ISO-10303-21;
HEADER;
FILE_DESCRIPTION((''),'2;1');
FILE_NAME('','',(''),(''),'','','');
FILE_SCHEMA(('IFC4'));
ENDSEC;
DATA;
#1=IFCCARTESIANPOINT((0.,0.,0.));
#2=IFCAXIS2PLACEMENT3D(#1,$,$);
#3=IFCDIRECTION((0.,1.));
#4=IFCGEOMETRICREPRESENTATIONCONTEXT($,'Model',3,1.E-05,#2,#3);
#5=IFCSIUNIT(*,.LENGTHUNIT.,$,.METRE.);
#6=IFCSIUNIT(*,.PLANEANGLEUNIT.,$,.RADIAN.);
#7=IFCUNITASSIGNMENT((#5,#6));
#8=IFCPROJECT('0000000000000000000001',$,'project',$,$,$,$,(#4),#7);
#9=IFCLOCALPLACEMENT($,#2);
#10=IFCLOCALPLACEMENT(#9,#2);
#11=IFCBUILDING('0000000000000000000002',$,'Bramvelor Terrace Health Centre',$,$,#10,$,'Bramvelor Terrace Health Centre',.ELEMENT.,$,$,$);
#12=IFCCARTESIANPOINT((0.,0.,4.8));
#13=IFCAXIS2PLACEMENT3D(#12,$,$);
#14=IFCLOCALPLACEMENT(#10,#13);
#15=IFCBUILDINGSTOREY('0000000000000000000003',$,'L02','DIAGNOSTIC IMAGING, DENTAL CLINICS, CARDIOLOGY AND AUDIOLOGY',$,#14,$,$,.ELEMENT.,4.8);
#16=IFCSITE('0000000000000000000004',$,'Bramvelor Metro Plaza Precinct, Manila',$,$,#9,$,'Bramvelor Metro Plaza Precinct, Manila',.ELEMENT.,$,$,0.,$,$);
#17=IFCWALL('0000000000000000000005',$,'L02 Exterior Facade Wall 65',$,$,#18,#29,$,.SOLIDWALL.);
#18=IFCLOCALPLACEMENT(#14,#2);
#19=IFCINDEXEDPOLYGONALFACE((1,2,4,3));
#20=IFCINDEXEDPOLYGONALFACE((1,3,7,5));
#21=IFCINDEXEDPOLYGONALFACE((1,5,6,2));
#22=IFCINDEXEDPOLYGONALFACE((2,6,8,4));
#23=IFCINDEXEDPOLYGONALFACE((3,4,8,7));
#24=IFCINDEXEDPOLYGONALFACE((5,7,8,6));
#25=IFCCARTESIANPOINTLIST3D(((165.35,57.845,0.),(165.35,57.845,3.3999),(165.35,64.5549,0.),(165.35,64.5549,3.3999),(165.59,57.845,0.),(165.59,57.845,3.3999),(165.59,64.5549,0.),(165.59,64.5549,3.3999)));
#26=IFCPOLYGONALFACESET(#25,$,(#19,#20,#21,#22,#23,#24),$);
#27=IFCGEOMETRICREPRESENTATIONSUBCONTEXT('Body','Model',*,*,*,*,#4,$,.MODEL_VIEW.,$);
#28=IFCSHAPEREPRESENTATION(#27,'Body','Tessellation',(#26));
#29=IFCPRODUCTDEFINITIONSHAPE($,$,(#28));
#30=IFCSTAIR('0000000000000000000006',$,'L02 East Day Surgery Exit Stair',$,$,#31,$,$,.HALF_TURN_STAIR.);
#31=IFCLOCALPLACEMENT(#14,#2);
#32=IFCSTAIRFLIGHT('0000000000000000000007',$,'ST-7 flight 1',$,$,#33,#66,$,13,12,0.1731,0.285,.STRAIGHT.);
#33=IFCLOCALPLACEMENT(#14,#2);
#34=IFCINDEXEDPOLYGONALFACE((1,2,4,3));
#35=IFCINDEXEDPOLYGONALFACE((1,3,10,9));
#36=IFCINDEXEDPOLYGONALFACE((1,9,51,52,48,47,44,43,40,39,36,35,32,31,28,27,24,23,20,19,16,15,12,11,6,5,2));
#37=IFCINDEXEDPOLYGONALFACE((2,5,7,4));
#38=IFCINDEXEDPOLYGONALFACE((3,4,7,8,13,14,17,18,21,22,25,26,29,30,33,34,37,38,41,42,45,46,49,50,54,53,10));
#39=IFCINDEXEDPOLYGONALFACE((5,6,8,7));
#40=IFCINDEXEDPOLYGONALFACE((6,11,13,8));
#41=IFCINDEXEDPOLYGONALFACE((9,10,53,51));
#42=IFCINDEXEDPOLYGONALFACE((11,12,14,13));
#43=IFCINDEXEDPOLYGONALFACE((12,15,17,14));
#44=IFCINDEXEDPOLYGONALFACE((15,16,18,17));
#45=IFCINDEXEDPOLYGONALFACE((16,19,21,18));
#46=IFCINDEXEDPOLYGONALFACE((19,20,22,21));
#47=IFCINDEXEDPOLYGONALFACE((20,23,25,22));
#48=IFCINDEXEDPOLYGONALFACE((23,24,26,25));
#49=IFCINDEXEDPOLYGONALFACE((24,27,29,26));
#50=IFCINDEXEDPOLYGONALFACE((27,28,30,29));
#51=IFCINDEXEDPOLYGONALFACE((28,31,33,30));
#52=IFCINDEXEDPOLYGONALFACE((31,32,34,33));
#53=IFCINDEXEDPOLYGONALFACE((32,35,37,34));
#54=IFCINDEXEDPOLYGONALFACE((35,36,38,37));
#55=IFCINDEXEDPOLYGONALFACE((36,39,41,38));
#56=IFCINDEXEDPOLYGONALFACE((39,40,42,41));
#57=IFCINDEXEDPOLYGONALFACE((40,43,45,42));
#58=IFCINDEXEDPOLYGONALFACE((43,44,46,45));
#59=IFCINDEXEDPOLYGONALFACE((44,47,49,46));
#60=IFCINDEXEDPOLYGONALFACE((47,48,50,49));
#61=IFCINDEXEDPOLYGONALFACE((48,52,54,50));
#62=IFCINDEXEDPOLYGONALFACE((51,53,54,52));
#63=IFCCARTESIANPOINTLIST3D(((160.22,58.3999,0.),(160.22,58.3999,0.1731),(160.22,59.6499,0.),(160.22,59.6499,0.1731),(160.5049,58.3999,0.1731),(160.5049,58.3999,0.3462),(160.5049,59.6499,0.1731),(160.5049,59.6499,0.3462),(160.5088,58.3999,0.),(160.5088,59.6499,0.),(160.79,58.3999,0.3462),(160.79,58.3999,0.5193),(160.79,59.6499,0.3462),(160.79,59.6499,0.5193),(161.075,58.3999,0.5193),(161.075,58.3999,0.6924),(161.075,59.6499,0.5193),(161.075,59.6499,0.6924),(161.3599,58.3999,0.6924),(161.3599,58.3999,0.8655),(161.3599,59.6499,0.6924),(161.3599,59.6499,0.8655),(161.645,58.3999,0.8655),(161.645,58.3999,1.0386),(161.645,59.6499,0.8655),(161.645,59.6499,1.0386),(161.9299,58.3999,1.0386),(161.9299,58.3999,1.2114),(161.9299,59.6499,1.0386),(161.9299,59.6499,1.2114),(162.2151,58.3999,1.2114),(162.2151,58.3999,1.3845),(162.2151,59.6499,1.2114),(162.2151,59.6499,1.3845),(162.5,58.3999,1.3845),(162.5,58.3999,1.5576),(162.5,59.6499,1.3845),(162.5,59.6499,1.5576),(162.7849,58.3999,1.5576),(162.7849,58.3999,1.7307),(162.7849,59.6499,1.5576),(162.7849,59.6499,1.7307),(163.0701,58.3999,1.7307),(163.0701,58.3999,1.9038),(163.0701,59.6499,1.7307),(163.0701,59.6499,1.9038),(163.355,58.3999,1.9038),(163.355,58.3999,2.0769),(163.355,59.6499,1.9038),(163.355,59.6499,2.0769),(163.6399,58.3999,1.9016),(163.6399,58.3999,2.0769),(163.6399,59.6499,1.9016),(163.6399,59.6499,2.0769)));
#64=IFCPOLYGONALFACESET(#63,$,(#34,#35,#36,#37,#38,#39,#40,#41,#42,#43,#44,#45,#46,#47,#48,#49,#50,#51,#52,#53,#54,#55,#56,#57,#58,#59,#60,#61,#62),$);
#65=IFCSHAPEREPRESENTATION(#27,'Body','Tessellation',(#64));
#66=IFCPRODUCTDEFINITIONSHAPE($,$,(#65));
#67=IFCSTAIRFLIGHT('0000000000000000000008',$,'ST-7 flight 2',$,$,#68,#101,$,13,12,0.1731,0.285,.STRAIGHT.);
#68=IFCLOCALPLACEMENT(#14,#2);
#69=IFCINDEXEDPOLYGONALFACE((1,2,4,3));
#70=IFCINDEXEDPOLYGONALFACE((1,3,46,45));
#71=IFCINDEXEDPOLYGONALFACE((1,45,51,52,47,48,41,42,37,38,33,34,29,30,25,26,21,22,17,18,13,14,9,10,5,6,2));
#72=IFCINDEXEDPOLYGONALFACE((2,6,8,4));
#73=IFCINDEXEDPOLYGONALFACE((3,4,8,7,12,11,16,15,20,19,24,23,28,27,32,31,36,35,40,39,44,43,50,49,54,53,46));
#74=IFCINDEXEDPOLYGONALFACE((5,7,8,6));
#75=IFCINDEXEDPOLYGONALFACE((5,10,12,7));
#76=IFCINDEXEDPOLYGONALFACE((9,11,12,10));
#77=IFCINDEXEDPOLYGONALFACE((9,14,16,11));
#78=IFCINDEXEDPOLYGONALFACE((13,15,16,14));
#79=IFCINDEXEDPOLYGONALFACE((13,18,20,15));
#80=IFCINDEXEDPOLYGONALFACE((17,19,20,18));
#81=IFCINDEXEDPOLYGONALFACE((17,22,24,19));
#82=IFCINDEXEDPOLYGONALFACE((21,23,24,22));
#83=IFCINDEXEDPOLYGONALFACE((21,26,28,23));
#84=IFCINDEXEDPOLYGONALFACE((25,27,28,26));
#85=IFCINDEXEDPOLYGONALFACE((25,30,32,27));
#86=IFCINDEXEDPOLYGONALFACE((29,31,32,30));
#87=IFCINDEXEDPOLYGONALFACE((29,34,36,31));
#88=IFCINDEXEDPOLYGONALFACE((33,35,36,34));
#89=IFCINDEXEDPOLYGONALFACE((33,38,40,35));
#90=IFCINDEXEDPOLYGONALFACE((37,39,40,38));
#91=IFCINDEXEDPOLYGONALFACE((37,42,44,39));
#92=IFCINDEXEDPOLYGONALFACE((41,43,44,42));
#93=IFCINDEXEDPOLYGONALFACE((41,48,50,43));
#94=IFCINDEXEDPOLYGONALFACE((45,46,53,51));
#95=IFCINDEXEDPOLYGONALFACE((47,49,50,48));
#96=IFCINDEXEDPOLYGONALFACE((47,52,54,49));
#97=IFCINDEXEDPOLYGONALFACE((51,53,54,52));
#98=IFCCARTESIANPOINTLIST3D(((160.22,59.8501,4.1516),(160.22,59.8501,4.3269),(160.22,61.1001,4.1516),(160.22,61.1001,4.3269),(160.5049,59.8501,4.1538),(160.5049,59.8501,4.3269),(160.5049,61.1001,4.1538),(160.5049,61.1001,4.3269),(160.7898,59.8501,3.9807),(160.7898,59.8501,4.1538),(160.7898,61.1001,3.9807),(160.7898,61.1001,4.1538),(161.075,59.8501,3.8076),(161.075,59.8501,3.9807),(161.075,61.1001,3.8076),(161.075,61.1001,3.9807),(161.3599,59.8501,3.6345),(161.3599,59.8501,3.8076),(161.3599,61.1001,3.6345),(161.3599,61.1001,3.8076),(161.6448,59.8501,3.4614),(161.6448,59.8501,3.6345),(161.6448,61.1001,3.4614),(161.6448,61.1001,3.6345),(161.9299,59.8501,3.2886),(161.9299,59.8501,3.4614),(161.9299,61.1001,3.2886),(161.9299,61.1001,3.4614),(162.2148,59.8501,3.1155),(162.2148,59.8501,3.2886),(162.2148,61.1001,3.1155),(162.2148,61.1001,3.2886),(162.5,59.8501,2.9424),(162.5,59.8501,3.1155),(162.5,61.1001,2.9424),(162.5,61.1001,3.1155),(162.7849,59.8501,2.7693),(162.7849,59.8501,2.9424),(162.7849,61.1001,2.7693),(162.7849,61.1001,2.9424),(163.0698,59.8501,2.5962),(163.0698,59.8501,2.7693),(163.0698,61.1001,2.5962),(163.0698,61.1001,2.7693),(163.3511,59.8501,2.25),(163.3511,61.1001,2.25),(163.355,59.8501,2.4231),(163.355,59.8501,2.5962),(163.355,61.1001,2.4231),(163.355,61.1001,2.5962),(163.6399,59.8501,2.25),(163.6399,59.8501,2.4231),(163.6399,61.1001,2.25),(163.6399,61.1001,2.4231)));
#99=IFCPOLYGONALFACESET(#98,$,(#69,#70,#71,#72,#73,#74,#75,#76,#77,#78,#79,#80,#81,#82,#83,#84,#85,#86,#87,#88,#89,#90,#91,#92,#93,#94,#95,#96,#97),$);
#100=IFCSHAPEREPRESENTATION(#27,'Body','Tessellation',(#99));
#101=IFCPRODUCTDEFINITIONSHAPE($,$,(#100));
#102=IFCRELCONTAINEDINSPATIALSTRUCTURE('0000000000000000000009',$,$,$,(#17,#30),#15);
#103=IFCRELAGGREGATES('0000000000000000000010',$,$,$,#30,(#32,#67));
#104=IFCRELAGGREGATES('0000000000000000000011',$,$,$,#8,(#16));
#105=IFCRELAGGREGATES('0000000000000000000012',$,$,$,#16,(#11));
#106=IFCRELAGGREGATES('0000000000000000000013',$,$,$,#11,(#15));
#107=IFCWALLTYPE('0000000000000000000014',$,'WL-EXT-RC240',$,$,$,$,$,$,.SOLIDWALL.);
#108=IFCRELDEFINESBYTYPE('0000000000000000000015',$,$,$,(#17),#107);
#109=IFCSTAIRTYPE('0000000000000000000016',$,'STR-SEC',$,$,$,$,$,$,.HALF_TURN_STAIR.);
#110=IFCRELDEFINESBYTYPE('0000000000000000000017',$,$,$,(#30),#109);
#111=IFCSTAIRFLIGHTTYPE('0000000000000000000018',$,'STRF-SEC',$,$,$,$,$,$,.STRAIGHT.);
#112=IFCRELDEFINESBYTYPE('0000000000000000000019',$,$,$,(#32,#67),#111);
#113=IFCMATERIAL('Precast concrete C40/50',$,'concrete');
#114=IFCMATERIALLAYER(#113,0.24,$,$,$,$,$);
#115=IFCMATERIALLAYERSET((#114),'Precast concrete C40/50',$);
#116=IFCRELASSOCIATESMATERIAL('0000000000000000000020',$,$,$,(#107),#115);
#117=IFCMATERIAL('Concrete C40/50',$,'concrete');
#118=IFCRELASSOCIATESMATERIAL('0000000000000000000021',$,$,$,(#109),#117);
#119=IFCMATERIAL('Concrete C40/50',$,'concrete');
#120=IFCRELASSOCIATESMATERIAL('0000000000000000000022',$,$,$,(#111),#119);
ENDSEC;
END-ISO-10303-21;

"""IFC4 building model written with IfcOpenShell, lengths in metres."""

from ifc_helpers import new_model, si_unit, direction, frame, frame_2d, origin, place, context, subcontext, project, spatial, polyline, rectangle, outline, extrude, material, layer, layer_set, type_object, element, aggregate, save


model = new_model("IFC4")

# Units and contexts
model_context = context("Model", 3, precision=1e-05, world=origin(), true_north=direction((0.0, 1.0)))
body_context = subcontext(model_context, "Body", "Model", "MODEL_VIEW")
ifc_project = project(units=[si_unit("LENGTHUNIT", "METRE"), si_unit("PLANEANGLEUNIT", "RADIAN")], contexts=[model_context])

# Site, building, storey
site_placement = place(None, origin())
site = spatial("IfcSite", under=ifc_project, at=site_placement, Name="Bramvelor Metro Plaza Precinct, Manila", LongName="Bramvelor Metro Plaza Precinct, Manila", CompositionType="ELEMENT", RefElevation=0.0)
building_placement = place(site_placement, origin())
building = spatial("IfcBuilding", under=site, at=building_placement, Name="Bramvelor Terrace Health Centre", LongName="Bramvelor Terrace Health Centre", CompositionType="ELEMENT")
storey_placement = place(building_placement, frame((0.0, 0.0, 4.8)))
storey = spatial("IfcBuildingStorey", under=building, at=storey_placement, Name="L02", Description="DIAGNOSTIC IMAGING, DENTAL CLINICS, CARDIOLOGY AND AUDIOLOGY", CompositionType="ELEMENT", Elevation=4.8)

# Wall
ifc_material_1 = material(Name="Precast concrete C40/50", Category="concrete")
ifc_layer_1 = layer(ifc_material_1, 0.24)
ifc_layer_set_1 = layer_set([ifc_layer_1], Name="Precast concrete C40/50")
wall_type_1 = type_object("IfcWallType", Name="WL-EXT-RC240", PredefinedType="SOLIDWALL", material=ifc_layer_set_1)
wall_1_placement = place(storey_placement, frame((165.47, 64.5549, 0.0), z_axis=(0.0, 0.0, 1.0), x_axis=(0.0, -1.0, 0.0)))
element("IfcWall", 1, at=wall_1_placement, inside=storey, type_object=wall_type_1, Name="L02 Exterior Facade Wall 65", PredefinedType="SOLIDWALL", context=body_context, shape_type="SweptSolid", body=[
    extrude(rectangle(XDim=6.71, YDim=0.24, at=frame_2d((3.355, 0.0))), origin(), (0.0, 0.0, 1.0), 3.3999),
])

# Stair, stair flights
ifc_material_2 = material(Name="Concrete C40/50", Category="concrete")
stair_type = type_object("IfcStairType", Name="STR-SEC", PredefinedType="HALF_TURN_STAIR", material=ifc_material_2)
stair_placement = place(storey_placement, origin())
stair = element("IfcStair", 2, at=stair_placement, inside=storey, type_object=stair_type, Name="L02 East Day Surgery Exit Stair", PredefinedType="HALF_TURN_STAIR")
ifc_material_3 = material(Name="Concrete C40/50", Category="concrete")
stair_flight_type = type_object("IfcStairFlightType", Name="STRF-SEC", PredefinedType="STRAIGHT", material=ifc_material_3)
stair_flight_1_placement = place(storey_placement, frame((160.22, 59.0249, 0.0), z_axis=(0.0, 0.0, 1.0), x_axis=(1.0, 0.0, 0.0)))
stair_flight_1 = element("IfcStairFlight", 3, at=stair_flight_1_placement, type_object=stair_flight_type, Name="ST-7 flight 1", NumberOfRisers=13, NumberOfTreads=12, PredefinedType="STRAIGHT", RiserHeight=0.1731, TreadLength=0.285, context=body_context, shape_type="SweptSolid", body=[
    extrude(outline(polyline([(0.0, 0.0), (0.0, 0.1731), (0.2849, 0.1731), (0.2849, 0.3462), (0.5701, 0.3462), (0.5701, 0.5193), (0.855, 0.5193), (0.855, 0.6924), (1.1399, 0.6924), (1.1399, 0.8655), (1.425, 0.8655), (1.425, 1.0386), (1.71, 1.0386), (1.71, 1.2114), (1.9951, 1.2114), (1.9951, 1.3845), (2.28, 1.3845), (2.28, 1.5576), (2.5649, 1.5576), (2.5649, 1.7307), (2.8501, 1.7307), (2.8501, 1.9038), (3.135, 1.9038), (3.135, 2.0769), (3.4199, 2.0769), (3.4199, 2.25), (3.4199, 1.9016), (0.2888, 0.0), (0.0, 0.0)])), frame((0.0, 0.625, 0.0), z_axis=(0.0, -1.0, 0.0), x_axis=(1.0, 0.0, 0.0)), (0.0, 0.0, 1.0), 1.25),
])
stair_flight_2_placement = place(storey_placement, frame((163.6399, 60.4751, 2.25), z_axis=(0.0, 0.0, 1.0), x_axis=(-1.0, 0.0, 0.0)))
stair_flight_2 = element("IfcStairFlight", 4, at=stair_flight_2_placement, type_object=stair_flight_type, Name="ST-7 flight 2", NumberOfRisers=13, NumberOfTreads=12, PredefinedType="STRAIGHT", RiserHeight=0.1731, TreadLength=0.285, context=body_context, shape_type="SweptSolid", body=[
    extrude(outline(polyline([(0.0, 0.0), (0.0, 0.1731), (0.2849, 0.1731), (0.2849, 0.3462), (0.5701, 0.3462), (0.5701, 0.5193), (0.855, 0.5193), (0.855, 0.6924), (1.1399, 0.6924), (1.1399, 0.8655), (1.425, 0.8655), (1.425, 1.0386), (1.71, 1.0386), (1.71, 1.2114), (1.9951, 1.2114), (1.9951, 1.3845), (2.28, 1.3845), (2.28, 1.5576), (2.5649, 1.5576), (2.5649, 1.7307), (2.8501, 1.7307), (2.8501, 1.9038), (3.135, 1.9038), (3.135, 2.0769), (3.4199, 2.0769), (3.4199, 2.25), (3.4199, 1.9016), (0.2888, 0.0), (0.0, 0.0)])), frame((0.0, 0.625, 0.0), z_axis=(0.0, -1.0, 0.0), x_axis=(1.0, 0.0, 0.0)), (0.0, 0.0, 1.0), 1.25),
])
aggregate(stair, [stair_flight_1, stair_flight_2])

save(model, "model.ifc")
